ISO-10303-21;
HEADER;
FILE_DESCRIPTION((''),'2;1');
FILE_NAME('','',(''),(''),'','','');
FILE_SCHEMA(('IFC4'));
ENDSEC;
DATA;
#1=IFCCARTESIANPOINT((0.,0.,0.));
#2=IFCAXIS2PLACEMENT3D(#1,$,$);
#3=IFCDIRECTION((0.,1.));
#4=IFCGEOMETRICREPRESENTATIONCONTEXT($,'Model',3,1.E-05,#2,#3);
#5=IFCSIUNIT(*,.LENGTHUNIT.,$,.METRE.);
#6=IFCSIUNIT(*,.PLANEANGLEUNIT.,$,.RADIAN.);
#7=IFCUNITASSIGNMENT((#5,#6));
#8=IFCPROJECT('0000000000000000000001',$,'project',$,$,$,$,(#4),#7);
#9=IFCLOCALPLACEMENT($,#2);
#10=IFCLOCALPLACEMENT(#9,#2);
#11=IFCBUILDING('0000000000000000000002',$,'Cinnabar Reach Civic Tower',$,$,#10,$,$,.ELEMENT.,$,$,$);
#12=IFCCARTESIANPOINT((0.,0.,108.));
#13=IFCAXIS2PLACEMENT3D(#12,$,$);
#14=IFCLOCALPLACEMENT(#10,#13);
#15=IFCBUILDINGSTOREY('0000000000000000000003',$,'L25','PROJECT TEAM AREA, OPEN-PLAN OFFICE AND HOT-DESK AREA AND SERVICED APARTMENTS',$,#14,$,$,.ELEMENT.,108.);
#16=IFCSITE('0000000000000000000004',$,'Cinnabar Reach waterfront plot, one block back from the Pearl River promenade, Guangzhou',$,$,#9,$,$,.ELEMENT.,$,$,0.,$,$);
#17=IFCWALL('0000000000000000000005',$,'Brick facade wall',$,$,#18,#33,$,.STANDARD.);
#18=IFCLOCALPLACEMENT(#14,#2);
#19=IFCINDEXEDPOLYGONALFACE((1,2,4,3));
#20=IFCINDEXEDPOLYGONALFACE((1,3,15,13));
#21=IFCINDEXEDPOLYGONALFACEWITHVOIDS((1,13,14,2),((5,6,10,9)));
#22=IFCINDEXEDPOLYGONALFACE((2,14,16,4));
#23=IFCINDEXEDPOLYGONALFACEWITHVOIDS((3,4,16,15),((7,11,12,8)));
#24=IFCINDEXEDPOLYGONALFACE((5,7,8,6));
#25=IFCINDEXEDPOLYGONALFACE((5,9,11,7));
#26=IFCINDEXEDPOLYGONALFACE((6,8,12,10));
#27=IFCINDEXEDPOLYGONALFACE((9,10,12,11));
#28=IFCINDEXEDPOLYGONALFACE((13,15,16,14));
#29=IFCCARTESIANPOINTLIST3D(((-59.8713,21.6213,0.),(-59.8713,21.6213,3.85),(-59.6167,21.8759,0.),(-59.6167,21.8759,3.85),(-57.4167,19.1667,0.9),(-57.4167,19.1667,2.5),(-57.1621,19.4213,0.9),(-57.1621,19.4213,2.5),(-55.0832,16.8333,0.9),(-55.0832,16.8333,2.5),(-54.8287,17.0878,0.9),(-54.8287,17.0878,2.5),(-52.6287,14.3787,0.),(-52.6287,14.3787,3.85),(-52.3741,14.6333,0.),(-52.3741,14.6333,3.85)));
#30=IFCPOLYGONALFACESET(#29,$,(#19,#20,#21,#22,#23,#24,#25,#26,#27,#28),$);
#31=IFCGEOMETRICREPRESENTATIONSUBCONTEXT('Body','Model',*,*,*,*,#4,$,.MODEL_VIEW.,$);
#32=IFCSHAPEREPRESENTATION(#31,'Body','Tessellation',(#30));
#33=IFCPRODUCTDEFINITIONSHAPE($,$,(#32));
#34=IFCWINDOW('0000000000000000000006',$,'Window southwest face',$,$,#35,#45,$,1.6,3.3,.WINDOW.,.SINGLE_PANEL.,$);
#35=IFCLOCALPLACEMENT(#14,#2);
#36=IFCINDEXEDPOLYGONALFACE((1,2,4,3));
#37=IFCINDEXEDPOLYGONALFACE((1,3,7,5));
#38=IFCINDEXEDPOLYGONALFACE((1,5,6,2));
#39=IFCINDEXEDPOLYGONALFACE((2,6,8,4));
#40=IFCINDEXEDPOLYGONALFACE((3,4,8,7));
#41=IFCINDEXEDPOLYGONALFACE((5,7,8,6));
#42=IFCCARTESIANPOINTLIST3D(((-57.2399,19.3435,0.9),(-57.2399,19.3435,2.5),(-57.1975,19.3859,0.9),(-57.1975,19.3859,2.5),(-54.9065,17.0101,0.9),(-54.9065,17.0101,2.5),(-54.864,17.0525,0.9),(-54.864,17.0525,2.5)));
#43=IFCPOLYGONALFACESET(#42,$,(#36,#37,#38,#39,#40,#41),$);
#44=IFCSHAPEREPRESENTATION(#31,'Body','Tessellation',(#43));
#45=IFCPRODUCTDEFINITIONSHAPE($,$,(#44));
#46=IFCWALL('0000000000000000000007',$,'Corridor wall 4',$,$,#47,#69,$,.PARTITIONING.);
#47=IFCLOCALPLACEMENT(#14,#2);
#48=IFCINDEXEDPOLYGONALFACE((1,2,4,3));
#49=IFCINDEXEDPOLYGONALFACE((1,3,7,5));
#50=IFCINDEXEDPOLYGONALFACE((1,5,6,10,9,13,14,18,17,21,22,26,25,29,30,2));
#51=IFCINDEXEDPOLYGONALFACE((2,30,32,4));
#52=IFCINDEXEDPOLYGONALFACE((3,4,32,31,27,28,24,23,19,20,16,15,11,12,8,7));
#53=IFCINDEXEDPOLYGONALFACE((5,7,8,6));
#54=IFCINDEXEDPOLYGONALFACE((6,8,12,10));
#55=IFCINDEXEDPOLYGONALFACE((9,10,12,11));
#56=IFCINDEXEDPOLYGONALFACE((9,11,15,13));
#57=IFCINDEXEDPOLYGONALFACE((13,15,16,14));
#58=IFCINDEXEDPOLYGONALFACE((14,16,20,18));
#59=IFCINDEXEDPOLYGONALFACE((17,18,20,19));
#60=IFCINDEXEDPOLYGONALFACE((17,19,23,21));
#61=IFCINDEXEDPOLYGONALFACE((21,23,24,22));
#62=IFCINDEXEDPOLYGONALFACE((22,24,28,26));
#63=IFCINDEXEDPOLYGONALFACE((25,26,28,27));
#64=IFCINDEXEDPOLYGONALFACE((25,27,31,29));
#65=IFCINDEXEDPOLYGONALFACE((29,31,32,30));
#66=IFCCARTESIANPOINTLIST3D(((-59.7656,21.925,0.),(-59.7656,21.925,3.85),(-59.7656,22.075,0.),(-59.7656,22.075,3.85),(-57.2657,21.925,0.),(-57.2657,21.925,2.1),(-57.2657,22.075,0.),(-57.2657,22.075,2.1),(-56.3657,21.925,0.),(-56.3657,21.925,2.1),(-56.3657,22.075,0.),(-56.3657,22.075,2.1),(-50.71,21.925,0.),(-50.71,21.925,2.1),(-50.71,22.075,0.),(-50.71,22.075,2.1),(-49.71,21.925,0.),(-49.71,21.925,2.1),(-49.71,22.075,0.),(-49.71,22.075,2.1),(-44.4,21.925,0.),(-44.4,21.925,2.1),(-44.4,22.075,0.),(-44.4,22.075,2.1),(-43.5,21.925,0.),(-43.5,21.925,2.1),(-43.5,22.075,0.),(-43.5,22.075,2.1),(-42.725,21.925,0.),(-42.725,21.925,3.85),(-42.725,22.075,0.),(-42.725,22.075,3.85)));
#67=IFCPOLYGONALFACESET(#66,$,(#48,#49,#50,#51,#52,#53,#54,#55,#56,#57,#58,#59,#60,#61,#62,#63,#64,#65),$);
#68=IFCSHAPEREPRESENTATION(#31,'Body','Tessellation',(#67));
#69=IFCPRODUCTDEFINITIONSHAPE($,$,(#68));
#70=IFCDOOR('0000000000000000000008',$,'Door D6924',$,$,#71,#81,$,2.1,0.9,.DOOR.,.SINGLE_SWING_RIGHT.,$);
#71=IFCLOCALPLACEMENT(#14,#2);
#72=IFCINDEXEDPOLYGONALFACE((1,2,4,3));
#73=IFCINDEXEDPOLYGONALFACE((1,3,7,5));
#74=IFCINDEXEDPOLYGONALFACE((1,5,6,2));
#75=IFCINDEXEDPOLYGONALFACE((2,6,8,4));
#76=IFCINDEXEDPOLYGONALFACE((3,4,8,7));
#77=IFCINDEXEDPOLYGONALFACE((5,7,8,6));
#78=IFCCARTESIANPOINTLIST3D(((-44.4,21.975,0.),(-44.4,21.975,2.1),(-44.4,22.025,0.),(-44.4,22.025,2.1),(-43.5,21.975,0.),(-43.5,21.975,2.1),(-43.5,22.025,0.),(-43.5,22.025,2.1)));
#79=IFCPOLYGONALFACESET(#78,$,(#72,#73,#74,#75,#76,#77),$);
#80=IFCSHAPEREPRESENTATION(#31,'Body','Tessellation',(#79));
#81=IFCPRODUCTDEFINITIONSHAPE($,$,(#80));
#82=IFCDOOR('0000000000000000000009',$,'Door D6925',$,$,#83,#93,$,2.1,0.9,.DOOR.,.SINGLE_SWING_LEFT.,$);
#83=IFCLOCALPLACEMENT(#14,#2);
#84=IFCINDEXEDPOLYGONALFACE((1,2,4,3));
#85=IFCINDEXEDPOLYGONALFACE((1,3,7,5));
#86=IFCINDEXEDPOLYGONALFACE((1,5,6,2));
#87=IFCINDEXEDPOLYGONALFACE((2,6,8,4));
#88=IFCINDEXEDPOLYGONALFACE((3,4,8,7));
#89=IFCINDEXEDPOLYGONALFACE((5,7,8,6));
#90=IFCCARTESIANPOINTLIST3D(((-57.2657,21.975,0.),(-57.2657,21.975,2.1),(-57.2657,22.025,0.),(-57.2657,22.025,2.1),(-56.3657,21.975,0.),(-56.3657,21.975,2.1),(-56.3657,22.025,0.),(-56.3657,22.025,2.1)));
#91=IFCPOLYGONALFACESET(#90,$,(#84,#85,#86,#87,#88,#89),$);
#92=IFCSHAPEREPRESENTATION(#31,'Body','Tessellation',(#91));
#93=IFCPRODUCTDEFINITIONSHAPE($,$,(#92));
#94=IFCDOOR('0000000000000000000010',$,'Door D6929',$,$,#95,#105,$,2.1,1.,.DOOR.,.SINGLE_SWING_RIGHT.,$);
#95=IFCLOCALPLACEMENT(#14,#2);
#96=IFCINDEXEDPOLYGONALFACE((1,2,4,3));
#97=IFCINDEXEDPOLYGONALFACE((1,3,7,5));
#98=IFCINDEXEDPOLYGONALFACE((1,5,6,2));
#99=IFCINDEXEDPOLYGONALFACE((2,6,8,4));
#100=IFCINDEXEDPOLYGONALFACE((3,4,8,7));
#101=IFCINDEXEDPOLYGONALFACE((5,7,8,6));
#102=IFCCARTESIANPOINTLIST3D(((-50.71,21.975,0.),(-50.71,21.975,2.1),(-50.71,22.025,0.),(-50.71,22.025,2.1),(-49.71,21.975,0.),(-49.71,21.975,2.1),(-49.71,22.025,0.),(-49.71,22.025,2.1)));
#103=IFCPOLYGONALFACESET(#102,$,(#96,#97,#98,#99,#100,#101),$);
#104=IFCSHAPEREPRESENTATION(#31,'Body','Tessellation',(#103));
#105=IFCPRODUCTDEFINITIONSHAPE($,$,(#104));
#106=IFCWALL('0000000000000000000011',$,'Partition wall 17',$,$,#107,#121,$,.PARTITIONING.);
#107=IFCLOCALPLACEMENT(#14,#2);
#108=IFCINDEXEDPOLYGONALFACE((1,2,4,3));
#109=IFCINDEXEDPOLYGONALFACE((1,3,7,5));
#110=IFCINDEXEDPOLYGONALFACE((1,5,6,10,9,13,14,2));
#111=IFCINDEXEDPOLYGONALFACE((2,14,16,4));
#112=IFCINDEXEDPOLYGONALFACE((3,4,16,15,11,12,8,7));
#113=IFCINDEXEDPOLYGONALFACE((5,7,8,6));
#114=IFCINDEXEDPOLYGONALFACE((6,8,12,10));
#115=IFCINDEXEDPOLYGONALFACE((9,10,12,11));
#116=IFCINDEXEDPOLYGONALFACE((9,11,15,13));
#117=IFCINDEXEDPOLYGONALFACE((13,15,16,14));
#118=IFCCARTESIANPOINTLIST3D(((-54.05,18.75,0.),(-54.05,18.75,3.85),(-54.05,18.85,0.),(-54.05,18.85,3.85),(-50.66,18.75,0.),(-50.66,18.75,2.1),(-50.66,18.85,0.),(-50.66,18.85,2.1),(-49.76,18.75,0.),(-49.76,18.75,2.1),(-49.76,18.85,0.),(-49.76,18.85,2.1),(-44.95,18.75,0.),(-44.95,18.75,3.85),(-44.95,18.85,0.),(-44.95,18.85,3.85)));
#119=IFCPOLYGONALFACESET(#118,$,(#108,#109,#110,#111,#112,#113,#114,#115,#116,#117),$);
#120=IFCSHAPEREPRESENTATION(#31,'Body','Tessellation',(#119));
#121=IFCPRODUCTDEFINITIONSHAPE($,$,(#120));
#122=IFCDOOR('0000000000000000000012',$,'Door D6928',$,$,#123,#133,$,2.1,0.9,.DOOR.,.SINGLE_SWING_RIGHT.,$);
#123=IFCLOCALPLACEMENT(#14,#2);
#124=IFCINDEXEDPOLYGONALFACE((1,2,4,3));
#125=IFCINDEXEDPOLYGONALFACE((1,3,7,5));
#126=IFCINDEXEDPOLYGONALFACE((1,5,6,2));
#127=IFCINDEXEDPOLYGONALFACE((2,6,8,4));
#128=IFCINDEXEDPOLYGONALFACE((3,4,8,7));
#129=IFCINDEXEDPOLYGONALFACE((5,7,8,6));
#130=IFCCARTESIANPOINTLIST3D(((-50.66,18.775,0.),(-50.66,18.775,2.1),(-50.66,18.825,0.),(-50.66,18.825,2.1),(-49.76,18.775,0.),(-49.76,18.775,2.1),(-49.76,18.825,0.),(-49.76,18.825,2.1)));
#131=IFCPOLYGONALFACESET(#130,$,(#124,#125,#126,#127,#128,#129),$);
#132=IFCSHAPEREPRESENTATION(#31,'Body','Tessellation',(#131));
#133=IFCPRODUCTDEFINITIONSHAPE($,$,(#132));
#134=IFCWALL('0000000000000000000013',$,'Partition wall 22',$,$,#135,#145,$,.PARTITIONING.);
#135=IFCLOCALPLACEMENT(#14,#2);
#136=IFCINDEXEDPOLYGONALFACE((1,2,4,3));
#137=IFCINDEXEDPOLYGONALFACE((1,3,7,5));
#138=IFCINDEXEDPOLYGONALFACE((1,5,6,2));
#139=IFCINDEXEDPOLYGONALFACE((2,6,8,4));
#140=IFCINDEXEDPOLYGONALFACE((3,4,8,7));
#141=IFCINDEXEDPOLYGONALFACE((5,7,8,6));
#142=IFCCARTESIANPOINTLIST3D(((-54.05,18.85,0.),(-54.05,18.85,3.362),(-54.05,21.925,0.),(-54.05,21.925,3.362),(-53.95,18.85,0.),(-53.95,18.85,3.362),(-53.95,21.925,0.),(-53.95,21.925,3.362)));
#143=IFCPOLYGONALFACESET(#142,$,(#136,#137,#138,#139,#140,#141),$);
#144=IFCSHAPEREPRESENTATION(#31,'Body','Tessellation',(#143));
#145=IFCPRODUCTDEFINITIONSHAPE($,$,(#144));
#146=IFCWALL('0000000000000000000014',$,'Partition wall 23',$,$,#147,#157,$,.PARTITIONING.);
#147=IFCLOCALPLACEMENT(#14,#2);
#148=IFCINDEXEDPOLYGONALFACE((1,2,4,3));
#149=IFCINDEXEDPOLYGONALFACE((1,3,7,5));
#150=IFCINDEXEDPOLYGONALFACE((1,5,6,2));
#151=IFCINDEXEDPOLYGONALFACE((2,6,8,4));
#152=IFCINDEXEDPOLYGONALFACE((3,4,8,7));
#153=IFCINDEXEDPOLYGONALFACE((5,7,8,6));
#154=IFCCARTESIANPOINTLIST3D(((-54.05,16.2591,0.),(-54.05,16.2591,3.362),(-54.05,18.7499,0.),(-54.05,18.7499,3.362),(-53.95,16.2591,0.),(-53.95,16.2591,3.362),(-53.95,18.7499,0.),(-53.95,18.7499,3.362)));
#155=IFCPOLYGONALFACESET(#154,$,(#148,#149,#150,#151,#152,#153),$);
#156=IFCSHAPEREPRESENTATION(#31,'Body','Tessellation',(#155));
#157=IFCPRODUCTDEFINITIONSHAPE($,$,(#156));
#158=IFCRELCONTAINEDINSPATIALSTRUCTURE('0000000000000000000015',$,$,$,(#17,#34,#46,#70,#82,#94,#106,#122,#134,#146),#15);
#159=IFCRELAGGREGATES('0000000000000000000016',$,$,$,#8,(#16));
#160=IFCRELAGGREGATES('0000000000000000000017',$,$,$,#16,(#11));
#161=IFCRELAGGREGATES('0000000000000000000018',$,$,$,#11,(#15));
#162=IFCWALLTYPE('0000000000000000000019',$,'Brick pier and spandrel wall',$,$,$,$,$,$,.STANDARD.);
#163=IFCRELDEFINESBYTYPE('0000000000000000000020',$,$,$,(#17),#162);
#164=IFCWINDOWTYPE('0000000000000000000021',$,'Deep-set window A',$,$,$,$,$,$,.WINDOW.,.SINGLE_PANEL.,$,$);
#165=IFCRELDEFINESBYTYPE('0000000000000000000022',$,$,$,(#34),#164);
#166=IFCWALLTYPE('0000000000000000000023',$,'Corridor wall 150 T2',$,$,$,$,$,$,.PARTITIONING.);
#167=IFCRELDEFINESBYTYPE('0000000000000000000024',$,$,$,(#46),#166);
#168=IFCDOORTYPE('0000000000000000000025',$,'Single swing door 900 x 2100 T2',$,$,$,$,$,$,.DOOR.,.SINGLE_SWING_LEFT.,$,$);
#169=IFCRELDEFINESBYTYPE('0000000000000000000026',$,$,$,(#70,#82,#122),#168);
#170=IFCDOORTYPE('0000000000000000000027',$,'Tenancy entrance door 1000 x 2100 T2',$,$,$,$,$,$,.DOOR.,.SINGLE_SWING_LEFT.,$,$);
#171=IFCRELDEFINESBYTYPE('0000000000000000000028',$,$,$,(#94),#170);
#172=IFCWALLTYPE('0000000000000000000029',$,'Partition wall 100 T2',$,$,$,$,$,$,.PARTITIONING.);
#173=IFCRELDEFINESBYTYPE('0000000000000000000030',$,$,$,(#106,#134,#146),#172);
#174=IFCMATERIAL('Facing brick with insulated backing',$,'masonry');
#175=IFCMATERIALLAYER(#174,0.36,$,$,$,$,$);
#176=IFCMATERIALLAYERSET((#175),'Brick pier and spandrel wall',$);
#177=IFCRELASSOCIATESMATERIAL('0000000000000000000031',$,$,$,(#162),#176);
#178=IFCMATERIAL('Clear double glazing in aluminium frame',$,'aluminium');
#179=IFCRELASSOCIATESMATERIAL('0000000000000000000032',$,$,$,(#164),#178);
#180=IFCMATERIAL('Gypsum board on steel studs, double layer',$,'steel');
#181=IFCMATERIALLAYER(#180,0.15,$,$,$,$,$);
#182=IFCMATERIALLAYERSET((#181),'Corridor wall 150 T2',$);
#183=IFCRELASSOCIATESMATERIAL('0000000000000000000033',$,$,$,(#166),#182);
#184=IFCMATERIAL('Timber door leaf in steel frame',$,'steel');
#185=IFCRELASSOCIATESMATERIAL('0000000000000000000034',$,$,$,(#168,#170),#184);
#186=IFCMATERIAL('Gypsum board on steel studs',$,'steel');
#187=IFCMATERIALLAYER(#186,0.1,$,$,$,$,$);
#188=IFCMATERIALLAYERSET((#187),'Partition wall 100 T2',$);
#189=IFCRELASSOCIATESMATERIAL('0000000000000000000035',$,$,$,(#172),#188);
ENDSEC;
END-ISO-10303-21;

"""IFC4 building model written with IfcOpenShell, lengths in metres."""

from ifc_helpers import new_model, si_unit, direction, frame, frame_2d, origin, place, context, subcontext, project, spatial, rectangle, extrude, material, layer, layer_set, type_object, element, fill, save


model = new_model("IFC4")

# Units and contexts
model_context = context("Model", 3, precision=1e-05, world=origin(), true_north=direction((0.0, 1.0)))
body_context = subcontext(model_context, "Body", "Model", "MODEL_VIEW")
ifc_project = project(units=[si_unit("LENGTHUNIT", "METRE"), si_unit("PLANEANGLEUNIT", "RADIAN")], contexts=[model_context])

# Site, building, storey
site_placement = place(None, origin())
site = spatial("IfcSite", under=ifc_project, at=site_placement, Name="Cinnabar Reach waterfront plot, one block back from the Pearl River promenade, Guangzhou", CompositionType="ELEMENT", RefElevation=0.0)
building_placement = place(site_placement, origin())
building = spatial("IfcBuilding", under=site, at=building_placement, Name="Cinnabar Reach Civic Tower", CompositionType="ELEMENT")
storey_placement = place(building_placement, frame((0.0, 0.0, 108.0)))
storey = spatial("IfcBuildingStorey", under=building, at=storey_placement, Name="L25", Description="PROJECT TEAM AREA, OPEN-PLAN OFFICE AND HOT-DESK AREA AND SERVICED APARTMENTS", CompositionType="ELEMENT", Elevation=108.0)

# Shared definitions
ifc_material_1 = material(Name="Facing brick with insulated backing", Category="masonry")

# Wall, opening, window
ifc_layer_1 = layer(ifc_material_1, 0.36)
ifc_layer_set_1 = layer_set([ifc_layer_1], Name="Brick pier and spandrel wall")
wall_type_1 = type_object("IfcWallType", Name="Brick pier and spandrel wall", PredefinedType="STANDARD", material=ifc_layer_set_1)
wall_1_placement = place(storey_placement, frame((-59.744, 21.7486, 0.0), z_axis=(0.0, 0.0, 1.0), x_axis=(0.707107, -0.707107, 0.0)))
wall_1 = element("IfcWall", 1, at=wall_1_placement, inside=storey, type_object=wall_type_1, Name="Brick facade wall", PredefinedType="STANDARD", context=body_context, shape_type="SweptSolid", body=[
    extrude(rectangle(XDim=10.2426, YDim=0.36, at=frame_2d((5.1213, 0.0))), origin(), (0.0, 0.0, 1.0), 3.85),
])
opening_1_placement = place(wall_1_placement, frame((3.4713, 0.0, 0.9)))
opening_1 = element("IfcOpeningElement", 2, at=opening_1_placement, cuts=wall_1, PredefinedType="OPENING", context=body_context, shape_type="SweptSolid", body=[
    extrude(rectangle(XDim=3.3, YDim=1.6, at=frame_2d((1.65, 0.8))), frame((0.0, 0.19, 0.0), z_axis=(0.0, -1.0, 0.0), x_axis=(1.0, 0.0, 0.0)), (0.0, 0.0, 1.0), 0.38),
])
ifc_material_2 = material(Name="Clear double glazing in aluminium frame", Category="aluminium")
window_type = type_object("IfcWindowType", Name="Deep-set window A", PartitioningType="SINGLE_PANEL", PredefinedType="WINDOW", material=ifc_material_2)
window_placement = place(opening_1_placement, origin())
window = element("IfcWindow", 3, at=window_placement, inside=storey, type_object=window_type, Name="Window southwest face", OverallHeight=1.6, OverallWidth=3.3, PartitioningType="SINGLE_PANEL", PredefinedType="WINDOW", context=body_context, shape_type="SweptSolid", body=[
    extrude(rectangle(XDim=3.3, YDim=1.6, at=frame_2d((1.65, 0.8))), frame((0.0, 0.13, 0.0), z_axis=(0.0, -1.0, 0.0), x_axis=(1.0, 0.0, 0.0)), (0.0, 0.0, 1.0), 0.06),
])
fill(opening_1, window)

# Wall, openings, doors
ifc_material_3 = material(Name="Gypsum board on steel studs, double layer", Category="steel")
ifc_layer_2 = layer(ifc_material_3, 0.15)
ifc_layer_set_2 = layer_set([ifc_layer_2], Name="Corridor wall 150 T2")
wall_type_2 = type_object("IfcWallType", Name="Corridor wall 150 T2", PredefinedType="PARTITIONING", material=ifc_layer_set_2)
wall_2_placement = place(storey_placement, frame((-59.7657, 22.0, 0.0), z_axis=(0.0, 0.0, 1.0), x_axis=(1.0, 0.0, 0.0)))
wall_2 = element("IfcWall", 4, at=wall_2_placement, inside=storey, type_object=wall_type_2, Name="Corridor wall 4", PredefinedType="PARTITIONING", context=body_context, shape_type="SweptSolid", body=[
    extrude(rectangle(XDim=17.0407, YDim=0.15, at=frame_2d((8.5204, 0.0))), origin(), (0.0, 0.0, 1.0), 3.85),
])
opening_2_placement = place(wall_2_placement, frame((15.3657, 0.0, 0.0)))
opening_2 = element("IfcOpeningElement", 5, at=opening_2_placement, cuts=wall_2, PredefinedType="OPENING", context=body_context, shape_type="SweptSolid", body=[
    extrude(rectangle(XDim=0.9, YDim=2.1, at=frame_2d((0.45, 1.05))), frame((0.0, 0.085, 0.0), z_axis=(0.0, -1.0, 0.0), x_axis=(1.0, 0.0, 0.0)), (0.0, 0.0, 1.0), 0.17),
])
opening_3_placement = place(wall_2_placement, frame((2.5, 0.0, 0.0)))
opening_3 = element("IfcOpeningElement", 6, at=opening_3_placement, cuts=wall_2, PredefinedType="OPENING", context=body_context, shape_type="SweptSolid", body=[
    extrude(rectangle(XDim=0.9, YDim=2.1, at=frame_2d((0.45, 1.05))), frame((0.0, 0.085, 0.0), z_axis=(0.0, -1.0, 0.0), x_axis=(1.0, 0.0, 0.0)), (0.0, 0.0, 1.0), 0.17),
])
opening_4_placement = place(wall_2_placement, frame((9.0557, 0.0, 0.0)))
opening_4 = element("IfcOpeningElement", 7, at=opening_4_placement, cuts=wall_2, PredefinedType="OPENING", context=body_context, shape_type="SweptSolid", body=[
    extrude(rectangle(XDim=1.0, YDim=2.1, at=frame_2d((0.5, 1.05))), frame((0.0, 0.085, 0.0), z_axis=(0.0, -1.0, 0.0), x_axis=(1.0, 0.0, 0.0)), (0.0, 0.0, 1.0), 0.17),
])
ifc_material_4 = material(Name="Timber door leaf in steel frame", Category="steel")
door_type_1 = type_object("IfcDoorType", Name="Single swing door 900 x 2100 T2", OperationType="SINGLE_SWING_LEFT", PredefinedType="DOOR", material=ifc_material_4)
door_1_placement = place(opening_2_placement, frame((0.9, 0.0, 0.0), z_axis=(0.0, 0.0, 1.0), x_axis=(-1.0, 0.0, 0.0)))
door_1 = element("IfcDoor", 8, at=door_1_placement, inside=storey, type_object=door_type_1, Name="Door D6924", OperationType="SINGLE_SWING_RIGHT", OverallHeight=2.1, OverallWidth=0.9, PredefinedType="DOOR", context=body_context, shape_type="SweptSolid", body=[
    extrude(rectangle(XDim=0.9, YDim=2.1, at=frame_2d((0.45, 1.05))), frame((0.0, 0.025, 0.0), z_axis=(0.0, -1.0, 0.0), x_axis=(1.0, 0.0, 0.0)), (0.0, 0.0, 1.0), 0.05),
])
fill(opening_2, door_1)
door_2_placement = place(opening_3_placement, frame((0.9, 0.0, 0.0), z_axis=(0.0, 0.0, 1.0), x_axis=(-1.0, 0.0, 0.0)))
door_2 = element("IfcDoor", 9, at=door_2_placement, inside=storey, type_object=door_type_1, Name="Door D6925", OperationType="SINGLE_SWING_LEFT", OverallHeight=2.1, OverallWidth=0.9, PredefinedType="DOOR", context=body_context, shape_type="SweptSolid", body=[
    extrude(rectangle(XDim=0.9, YDim=2.1, at=frame_2d((0.45, 1.05))), frame((0.0, 0.025, 0.0), z_axis=(0.0, -1.0, 0.0), x_axis=(1.0, 0.0, 0.0)), (0.0, 0.0, 1.0), 0.05),
])
fill(opening_3, door_2)
door_type_2 = type_object("IfcDoorType", Name="Tenancy entrance door 1000 x 2100 T2", OperationType="SINGLE_SWING_LEFT", PredefinedType="DOOR", material=ifc_material_4)
door_3_placement = place(opening_4_placement, frame((1.0, 0.0, 0.0), z_axis=(0.0, 0.0, 1.0), x_axis=(-1.0, 0.0, 0.0)))
door_3 = element("IfcDoor", 10, at=door_3_placement, inside=storey, type_object=door_type_2, Name="Door D6929", OperationType="SINGLE_SWING_RIGHT", OverallHeight=2.1, OverallWidth=1.0, PredefinedType="DOOR", context=body_context, shape_type="SweptSolid", body=[
    extrude(rectangle(XDim=1.0, YDim=2.1, at=frame_2d((0.5, 1.05))), frame((0.0, 0.025, 0.0), z_axis=(0.0, -1.0, 0.0), x_axis=(1.0, 0.0, 0.0)), (0.0, 0.0, 1.0), 0.05),
])
fill(opening_4, door_3)

# Wall, opening, door
ifc_material_5 = material(Name="Gypsum board on steel studs", Category="steel")
ifc_layer_3 = layer(ifc_material_5, 0.1)
ifc_layer_set_3 = layer_set([ifc_layer_3], Name="Partition wall 100 T2")
wall_type_3 = type_object("IfcWallType", Name="Partition wall 100 T2", PredefinedType="PARTITIONING", material=ifc_layer_set_3)
wall_3_placement = place(storey_placement, frame((-54.05, 18.8, 0.0), z_axis=(0.0, 0.0, 1.0), x_axis=(1.0, 0.0, 0.0)))
wall_3 = element("IfcWall", 11, at=wall_3_placement, inside=storey, type_object=wall_type_3, Name="Partition wall 17", PredefinedType="PARTITIONING", context=body_context, shape_type="SweptSolid", body=[
    extrude(rectangle(XDim=9.1, YDim=0.1, at=frame_2d((4.55, 0.0))), origin(), (0.0, 0.0, 1.0), 3.85),
])
opening_5_placement = place(wall_3_placement, frame((3.39, 0.0, 0.0)))
opening_5 = element("IfcOpeningElement", 12, at=opening_5_placement, cuts=wall_3, PredefinedType="OPENING", context=body_context, shape_type="SweptSolid", body=[
    extrude(rectangle(XDim=0.9, YDim=2.1, at=frame_2d((0.45, 1.05))), frame((0.0, 0.06, 0.0), z_axis=(0.0, -1.0, 0.0), x_axis=(1.0, 0.0, 0.0)), (0.0, 0.0, 1.0), 0.12),
])
door_4_placement = place(opening_5_placement, origin())
door_4 = element("IfcDoor", 13, at=door_4_placement, inside=storey, type_object=door_type_1, Name="Door D6928", OperationType="SINGLE_SWING_RIGHT", OverallHeight=2.1, OverallWidth=0.9, PredefinedType="DOOR", context=body_context, shape_type="SweptSolid", body=[
    extrude(rectangle(XDim=0.9, YDim=2.1, at=frame_2d((0.45, 1.05))), frame((0.0, 0.025, 0.0), z_axis=(0.0, -1.0, 0.0), x_axis=(1.0, 0.0, 0.0)), (0.0, 0.0, 1.0), 0.05),
])
fill(opening_5, door_4)

# Walls
wall_4_placement = place(storey_placement, frame((-54.0, 18.85, 0.0), z_axis=(0.0, 0.0, 1.0), x_axis=(0.0, 1.0, 0.0)))
element("IfcWall", 14, at=wall_4_placement, inside=storey, type_object=wall_type_3, Name="Partition wall 22", PredefinedType="PARTITIONING", context=body_context, shape_type="SweptSolid", body=[
    extrude(rectangle(XDim=3.075, YDim=0.1, at=frame_2d((1.5375, 0.0))), origin(), (0.0, 0.0, 1.0), 3.362),
])
wall_5_placement = place(storey_placement, frame((-54.0, 16.2591, 0.0), z_axis=(0.0, 0.0, 1.0), x_axis=(0.0, 1.0, 0.0)))
element("IfcWall", 15, at=wall_5_placement, inside=storey, type_object=wall_type_3, Name="Partition wall 23", PredefinedType="PARTITIONING", context=body_context, shape_type="SweptSolid", body=[
    extrude(rectangle(XDim=2.4909, YDim=0.1, at=frame_2d((1.2454, 0.0))), origin(), (0.0, 0.0, 1.0), 3.362),
])

save(model, "model.ifc")
